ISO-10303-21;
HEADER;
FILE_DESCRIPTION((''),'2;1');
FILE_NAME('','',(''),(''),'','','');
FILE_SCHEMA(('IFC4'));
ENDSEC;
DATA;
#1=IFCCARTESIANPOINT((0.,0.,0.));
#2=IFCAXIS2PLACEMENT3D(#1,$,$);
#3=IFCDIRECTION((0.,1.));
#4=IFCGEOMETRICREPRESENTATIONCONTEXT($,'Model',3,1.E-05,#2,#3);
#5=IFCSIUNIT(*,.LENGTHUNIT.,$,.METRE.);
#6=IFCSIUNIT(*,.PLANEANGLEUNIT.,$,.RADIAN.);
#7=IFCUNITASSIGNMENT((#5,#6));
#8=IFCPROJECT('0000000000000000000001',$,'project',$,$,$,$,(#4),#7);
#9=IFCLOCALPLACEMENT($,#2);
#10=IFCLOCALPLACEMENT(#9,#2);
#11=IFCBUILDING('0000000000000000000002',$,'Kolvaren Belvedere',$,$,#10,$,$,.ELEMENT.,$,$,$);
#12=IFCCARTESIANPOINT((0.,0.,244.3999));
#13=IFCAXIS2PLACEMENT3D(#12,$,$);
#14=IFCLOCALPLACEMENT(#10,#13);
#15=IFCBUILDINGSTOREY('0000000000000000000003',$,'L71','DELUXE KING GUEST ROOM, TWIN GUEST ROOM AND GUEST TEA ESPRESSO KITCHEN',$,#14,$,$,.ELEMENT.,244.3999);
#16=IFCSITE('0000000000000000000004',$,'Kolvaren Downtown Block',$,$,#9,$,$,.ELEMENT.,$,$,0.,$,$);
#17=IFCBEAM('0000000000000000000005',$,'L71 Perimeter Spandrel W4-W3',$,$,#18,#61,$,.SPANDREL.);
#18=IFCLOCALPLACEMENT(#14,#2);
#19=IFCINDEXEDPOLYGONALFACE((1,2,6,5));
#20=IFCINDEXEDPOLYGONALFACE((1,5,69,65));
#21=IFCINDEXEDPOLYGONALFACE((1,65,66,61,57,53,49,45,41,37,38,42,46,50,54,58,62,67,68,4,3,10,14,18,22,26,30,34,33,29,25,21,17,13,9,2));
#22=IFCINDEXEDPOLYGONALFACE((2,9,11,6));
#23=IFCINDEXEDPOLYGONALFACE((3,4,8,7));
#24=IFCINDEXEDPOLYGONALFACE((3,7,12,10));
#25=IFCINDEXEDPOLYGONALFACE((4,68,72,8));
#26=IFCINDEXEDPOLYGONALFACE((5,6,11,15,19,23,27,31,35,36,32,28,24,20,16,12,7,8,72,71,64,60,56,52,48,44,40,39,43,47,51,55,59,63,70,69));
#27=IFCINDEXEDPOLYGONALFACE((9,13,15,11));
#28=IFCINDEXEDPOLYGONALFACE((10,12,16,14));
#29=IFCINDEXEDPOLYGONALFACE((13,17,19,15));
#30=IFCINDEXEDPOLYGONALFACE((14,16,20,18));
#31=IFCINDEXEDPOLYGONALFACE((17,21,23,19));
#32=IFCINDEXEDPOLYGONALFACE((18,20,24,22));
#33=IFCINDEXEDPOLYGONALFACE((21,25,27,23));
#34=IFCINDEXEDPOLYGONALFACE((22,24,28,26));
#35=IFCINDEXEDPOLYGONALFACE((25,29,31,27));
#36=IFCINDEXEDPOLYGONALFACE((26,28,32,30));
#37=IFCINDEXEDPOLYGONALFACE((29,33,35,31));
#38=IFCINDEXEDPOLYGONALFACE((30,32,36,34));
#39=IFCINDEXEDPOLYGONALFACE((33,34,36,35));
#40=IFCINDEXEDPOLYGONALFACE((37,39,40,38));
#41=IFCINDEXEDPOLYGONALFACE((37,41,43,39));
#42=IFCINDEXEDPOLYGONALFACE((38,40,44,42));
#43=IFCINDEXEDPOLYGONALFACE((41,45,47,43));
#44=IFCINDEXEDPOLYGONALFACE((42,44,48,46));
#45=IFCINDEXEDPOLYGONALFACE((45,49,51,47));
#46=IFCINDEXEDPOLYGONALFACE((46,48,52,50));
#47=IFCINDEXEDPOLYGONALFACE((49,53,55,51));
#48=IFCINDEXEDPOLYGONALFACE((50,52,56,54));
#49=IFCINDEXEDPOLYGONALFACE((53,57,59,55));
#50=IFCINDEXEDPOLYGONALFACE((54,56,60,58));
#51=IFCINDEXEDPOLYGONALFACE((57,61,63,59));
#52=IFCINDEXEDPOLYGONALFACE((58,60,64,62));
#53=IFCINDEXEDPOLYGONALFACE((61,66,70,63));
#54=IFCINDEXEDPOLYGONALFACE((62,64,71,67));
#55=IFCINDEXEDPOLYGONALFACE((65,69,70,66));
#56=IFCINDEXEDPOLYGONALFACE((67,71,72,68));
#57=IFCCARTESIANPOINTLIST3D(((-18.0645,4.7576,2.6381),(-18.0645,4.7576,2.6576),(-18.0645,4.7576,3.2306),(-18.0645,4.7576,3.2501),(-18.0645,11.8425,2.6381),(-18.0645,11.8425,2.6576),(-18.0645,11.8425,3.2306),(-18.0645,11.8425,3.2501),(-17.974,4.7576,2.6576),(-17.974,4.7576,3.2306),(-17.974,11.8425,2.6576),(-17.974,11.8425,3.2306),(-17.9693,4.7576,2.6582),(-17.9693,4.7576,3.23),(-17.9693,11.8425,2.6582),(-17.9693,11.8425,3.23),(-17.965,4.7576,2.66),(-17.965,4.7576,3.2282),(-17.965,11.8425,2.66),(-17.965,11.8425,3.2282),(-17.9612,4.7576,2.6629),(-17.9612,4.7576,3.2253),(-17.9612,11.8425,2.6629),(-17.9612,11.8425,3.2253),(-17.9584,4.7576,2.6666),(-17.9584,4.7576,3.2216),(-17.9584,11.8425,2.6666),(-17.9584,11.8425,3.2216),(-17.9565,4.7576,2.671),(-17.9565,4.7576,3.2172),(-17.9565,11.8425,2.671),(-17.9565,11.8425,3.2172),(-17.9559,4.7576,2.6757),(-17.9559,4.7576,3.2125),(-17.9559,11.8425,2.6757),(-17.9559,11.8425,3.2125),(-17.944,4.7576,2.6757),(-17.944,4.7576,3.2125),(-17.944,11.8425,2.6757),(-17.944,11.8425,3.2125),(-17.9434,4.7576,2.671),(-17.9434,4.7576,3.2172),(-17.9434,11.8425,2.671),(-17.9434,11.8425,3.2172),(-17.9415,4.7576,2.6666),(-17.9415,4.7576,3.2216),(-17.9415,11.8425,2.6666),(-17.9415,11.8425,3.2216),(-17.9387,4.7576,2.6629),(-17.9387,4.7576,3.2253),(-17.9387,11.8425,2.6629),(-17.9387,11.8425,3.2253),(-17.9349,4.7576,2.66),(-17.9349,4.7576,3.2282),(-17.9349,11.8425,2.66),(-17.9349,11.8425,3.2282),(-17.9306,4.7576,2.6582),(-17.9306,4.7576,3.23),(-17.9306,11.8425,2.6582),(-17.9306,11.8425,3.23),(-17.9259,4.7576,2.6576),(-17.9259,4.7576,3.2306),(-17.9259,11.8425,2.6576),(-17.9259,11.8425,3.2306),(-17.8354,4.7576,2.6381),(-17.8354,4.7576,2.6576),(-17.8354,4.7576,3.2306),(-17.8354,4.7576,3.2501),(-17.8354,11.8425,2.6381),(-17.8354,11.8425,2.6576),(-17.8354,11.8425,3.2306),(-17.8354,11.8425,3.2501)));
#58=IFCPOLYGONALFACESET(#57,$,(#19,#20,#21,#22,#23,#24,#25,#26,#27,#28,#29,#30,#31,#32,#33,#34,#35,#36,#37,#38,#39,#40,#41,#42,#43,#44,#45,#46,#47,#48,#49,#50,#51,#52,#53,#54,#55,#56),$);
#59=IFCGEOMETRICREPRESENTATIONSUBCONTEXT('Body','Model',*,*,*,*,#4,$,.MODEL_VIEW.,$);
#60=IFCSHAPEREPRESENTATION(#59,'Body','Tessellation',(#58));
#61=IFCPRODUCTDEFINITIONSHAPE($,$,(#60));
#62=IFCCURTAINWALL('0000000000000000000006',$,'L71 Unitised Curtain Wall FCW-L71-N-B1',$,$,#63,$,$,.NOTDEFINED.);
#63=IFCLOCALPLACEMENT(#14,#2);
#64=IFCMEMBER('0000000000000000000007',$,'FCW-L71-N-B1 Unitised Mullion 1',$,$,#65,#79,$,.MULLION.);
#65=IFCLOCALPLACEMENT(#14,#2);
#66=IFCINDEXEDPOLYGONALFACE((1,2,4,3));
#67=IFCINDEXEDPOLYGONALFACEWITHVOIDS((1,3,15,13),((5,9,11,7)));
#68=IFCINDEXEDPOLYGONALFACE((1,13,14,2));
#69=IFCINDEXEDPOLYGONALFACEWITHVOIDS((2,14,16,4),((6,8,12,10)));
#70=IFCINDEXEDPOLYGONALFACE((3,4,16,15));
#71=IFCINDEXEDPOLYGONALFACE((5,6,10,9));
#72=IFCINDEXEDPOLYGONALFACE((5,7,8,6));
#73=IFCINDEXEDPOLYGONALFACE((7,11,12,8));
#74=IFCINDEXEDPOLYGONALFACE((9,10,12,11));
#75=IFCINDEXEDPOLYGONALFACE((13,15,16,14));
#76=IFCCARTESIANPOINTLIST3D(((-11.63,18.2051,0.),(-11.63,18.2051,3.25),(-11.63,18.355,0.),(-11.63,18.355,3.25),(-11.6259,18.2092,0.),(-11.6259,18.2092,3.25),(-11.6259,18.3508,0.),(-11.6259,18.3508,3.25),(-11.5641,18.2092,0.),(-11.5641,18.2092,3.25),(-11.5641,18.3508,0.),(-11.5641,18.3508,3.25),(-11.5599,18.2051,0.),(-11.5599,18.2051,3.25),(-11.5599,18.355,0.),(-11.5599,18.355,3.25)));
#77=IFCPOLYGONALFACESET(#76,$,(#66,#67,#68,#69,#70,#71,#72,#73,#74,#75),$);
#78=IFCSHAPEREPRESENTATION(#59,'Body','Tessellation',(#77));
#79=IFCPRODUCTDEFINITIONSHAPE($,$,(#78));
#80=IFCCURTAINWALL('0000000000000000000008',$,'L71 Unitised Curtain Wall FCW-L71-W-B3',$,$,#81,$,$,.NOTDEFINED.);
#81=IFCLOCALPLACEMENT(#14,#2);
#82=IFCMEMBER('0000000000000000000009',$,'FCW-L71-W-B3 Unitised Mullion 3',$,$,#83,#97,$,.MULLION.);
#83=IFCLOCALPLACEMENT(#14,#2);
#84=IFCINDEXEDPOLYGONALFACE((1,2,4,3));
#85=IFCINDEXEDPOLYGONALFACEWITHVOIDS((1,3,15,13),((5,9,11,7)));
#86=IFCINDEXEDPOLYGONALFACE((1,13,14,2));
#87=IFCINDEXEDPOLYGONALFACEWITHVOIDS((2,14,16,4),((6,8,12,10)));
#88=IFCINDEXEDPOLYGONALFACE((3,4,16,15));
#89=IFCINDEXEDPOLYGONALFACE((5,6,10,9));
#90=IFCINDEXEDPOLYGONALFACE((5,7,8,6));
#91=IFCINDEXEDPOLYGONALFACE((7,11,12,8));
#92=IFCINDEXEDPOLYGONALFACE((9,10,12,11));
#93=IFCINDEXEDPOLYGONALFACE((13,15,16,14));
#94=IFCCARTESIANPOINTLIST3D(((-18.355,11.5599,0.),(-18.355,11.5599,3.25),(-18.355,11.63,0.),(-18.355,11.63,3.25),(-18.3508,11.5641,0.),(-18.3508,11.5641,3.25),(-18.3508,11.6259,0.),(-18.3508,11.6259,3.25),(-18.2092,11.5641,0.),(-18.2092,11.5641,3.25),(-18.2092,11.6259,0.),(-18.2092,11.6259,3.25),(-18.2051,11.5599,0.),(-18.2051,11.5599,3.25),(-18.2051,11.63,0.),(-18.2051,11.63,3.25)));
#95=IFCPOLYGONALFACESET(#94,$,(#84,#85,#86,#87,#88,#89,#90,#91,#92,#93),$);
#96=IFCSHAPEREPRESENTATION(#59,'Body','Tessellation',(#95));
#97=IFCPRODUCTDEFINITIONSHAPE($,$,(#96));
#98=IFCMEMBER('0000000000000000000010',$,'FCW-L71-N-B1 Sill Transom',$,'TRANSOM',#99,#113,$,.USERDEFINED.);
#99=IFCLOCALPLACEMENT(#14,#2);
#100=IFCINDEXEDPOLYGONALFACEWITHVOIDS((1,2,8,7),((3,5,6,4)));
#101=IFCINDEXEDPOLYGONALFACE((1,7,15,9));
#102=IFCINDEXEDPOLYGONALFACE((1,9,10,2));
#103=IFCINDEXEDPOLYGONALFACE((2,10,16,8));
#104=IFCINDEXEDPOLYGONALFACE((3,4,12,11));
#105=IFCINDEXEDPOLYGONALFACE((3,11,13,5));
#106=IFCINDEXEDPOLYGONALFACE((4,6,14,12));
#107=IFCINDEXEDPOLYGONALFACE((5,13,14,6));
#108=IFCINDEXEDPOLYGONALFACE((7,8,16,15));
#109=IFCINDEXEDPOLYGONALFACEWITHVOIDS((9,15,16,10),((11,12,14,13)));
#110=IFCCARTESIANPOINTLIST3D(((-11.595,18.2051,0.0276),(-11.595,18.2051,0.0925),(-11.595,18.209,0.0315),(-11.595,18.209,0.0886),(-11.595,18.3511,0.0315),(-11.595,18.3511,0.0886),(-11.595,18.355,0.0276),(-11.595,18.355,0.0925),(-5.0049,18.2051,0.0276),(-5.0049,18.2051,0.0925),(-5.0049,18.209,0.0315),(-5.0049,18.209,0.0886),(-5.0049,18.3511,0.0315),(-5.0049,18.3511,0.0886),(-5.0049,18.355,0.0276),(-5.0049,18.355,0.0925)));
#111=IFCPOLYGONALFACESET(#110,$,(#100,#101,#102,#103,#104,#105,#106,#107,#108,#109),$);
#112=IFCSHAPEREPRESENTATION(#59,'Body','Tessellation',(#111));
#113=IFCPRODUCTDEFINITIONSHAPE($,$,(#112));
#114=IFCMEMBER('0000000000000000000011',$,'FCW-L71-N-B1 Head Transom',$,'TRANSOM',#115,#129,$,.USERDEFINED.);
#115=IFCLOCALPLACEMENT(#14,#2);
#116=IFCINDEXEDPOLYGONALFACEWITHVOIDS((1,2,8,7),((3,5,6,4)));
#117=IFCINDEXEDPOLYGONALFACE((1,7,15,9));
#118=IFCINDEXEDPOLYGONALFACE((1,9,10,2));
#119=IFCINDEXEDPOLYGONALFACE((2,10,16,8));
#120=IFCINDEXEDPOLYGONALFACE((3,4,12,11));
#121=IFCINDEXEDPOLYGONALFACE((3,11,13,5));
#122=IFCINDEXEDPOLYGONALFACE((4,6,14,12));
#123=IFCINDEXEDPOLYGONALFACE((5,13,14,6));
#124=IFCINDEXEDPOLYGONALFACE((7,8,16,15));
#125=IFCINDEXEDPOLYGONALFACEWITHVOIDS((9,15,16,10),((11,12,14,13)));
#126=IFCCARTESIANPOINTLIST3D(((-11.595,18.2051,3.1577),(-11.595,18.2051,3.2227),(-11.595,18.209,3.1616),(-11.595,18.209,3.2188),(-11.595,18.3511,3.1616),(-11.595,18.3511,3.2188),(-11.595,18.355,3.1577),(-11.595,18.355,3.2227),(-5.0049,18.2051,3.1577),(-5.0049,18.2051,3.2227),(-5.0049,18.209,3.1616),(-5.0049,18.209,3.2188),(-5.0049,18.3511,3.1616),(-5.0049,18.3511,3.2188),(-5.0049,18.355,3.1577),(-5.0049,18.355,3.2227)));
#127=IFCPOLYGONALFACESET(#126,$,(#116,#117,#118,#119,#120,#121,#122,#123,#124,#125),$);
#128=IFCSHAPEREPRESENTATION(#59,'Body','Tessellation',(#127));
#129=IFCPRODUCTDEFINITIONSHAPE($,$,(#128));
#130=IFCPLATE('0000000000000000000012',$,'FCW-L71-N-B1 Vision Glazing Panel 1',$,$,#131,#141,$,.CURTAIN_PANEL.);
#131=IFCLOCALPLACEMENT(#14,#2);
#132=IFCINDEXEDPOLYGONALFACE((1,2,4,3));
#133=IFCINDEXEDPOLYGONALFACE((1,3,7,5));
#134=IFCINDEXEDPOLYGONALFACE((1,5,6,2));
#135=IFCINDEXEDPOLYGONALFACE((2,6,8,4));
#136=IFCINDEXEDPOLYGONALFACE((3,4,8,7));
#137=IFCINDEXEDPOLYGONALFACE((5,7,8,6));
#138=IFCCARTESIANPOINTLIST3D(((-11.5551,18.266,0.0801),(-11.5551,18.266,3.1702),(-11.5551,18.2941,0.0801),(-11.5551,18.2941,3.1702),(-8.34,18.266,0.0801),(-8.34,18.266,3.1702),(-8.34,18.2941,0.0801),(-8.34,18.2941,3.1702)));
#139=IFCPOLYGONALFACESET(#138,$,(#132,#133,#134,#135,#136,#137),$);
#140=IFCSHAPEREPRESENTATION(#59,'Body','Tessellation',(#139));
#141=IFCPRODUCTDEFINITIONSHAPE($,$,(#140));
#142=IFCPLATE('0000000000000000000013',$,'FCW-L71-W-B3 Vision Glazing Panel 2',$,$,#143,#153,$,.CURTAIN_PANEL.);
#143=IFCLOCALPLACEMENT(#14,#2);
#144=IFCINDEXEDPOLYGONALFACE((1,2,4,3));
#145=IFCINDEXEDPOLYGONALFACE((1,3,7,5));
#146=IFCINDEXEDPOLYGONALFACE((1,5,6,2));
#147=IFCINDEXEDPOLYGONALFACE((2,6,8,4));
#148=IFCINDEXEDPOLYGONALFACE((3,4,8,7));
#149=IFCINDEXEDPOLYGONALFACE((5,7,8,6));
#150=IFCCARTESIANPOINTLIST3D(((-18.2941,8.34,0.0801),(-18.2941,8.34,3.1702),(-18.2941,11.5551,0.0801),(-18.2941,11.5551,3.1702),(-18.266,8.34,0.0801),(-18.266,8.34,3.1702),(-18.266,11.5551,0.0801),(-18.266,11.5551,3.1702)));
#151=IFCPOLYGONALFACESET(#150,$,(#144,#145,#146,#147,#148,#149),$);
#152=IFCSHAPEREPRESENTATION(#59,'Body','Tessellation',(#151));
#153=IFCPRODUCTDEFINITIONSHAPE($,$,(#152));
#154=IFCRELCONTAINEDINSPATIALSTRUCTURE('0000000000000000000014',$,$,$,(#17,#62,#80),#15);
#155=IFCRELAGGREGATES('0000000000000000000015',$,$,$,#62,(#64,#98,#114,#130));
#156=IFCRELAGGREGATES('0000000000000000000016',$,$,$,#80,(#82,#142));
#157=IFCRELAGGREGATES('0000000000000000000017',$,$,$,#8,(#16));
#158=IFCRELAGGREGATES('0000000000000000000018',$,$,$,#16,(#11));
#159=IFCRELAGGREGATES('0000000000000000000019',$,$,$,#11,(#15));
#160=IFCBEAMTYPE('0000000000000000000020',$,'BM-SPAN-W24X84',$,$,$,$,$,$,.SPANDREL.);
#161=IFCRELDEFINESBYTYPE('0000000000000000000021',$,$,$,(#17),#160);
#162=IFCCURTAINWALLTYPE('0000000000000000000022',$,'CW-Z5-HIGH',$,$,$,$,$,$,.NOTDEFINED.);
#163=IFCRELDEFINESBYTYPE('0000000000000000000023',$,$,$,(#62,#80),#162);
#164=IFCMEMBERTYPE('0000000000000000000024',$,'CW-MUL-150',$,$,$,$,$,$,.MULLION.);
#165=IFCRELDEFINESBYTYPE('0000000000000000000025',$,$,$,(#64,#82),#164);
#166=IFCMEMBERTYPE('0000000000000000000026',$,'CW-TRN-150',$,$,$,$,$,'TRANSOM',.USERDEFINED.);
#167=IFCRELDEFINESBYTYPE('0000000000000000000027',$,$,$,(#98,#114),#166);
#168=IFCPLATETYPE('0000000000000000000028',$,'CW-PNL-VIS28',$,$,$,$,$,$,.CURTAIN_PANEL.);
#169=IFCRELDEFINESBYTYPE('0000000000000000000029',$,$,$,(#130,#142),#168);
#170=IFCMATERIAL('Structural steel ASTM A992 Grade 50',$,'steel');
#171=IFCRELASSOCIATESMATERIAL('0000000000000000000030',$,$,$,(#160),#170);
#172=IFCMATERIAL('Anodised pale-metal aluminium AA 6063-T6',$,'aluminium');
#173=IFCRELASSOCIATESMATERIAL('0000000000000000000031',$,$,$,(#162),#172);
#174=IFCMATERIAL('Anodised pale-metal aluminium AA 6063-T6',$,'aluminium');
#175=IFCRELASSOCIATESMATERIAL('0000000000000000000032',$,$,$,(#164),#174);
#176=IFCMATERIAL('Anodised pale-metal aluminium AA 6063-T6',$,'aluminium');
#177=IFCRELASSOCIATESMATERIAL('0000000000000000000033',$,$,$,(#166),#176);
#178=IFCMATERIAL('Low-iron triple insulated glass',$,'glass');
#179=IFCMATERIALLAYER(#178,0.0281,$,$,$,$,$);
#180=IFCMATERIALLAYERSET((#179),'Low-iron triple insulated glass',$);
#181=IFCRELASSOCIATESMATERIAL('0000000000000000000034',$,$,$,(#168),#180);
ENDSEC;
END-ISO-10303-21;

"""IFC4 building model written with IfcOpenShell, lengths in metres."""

from ifc_helpers import new_model, si_unit, direction, frame, origin, origin_2d, place, context, subcontext, project, spatial, rectangle, hollow_rectangle, i_section, extrude, material, layer, layer_set, material_profile, profile_set, type_object, element, aggregate, save


model = new_model("IFC4")

# Units and contexts
model_context = context("Model", 3, precision=1e-05, world=origin(), true_north=direction((0.0, 1.0)))
body_context = subcontext(model_context, "Body", "Model", "MODEL_VIEW")
ifc_project = project(units=[si_unit("LENGTHUNIT", "METRE"), si_unit("PLANEANGLEUNIT", "RADIAN")], contexts=[model_context])

# Site, building, storey
site_placement = place(None, origin())
site = spatial("IfcSite", under=ifc_project, at=site_placement, Name="Kolvaren Downtown Block", CompositionType="ELEMENT", RefElevation=0.0)
building_placement = place(site_placement, origin())
building = spatial("IfcBuilding", under=site, at=building_placement, Name="Kolvaren Belvedere", CompositionType="ELEMENT")
storey_placement = place(building_placement, frame((0.0, 0.0, 244.3999)))
storey = spatial("IfcBuildingStorey", under=building, at=storey_placement, Name="L71", Description="DELUXE KING GUEST ROOM, TWIN GUEST ROOM AND GUEST TEA ESPRESSO KITCHEN", CompositionType="ELEMENT", Elevation=244.3999)

# Beam
ifc_material_1 = material(Name="Structural steel ASTM A992 Grade 50", Category="steel")
ifc_material_profile_1 = material_profile(ifc_material_1, i_section(OverallWidth=0.229, OverallDepth=0.6121, WebThickness=0.012, FlangeThickness=0.0195, FilletRadius=0.0181, at=origin_2d()), Name="W24X84")
ifc_profile_set_1 = profile_set([ifc_material_profile_1], Name="Structural steel ASTM A992 Grade 50")
beam_type_1 = type_object("IfcBeamType", Name="BM-SPAN-W24X84", PredefinedType="SPANDREL", material=ifc_profile_set_1)
beam_1_placement = place(storey_placement, frame((-17.95, 11.8425, 2.9441), z_axis=(0.0, -1.0, 0.0), x_axis=(1.0, 0.0, 0.0)))
element("IfcBeam", 1, at=beam_1_placement, inside=storey, type_object=beam_type_1, Name="L71 Perimeter Spandrel W4-W3", PredefinedType="SPANDREL", context=body_context, shape_type="SweptSolid", body=[
    extrude(i_section(OverallWidth=0.229, OverallDepth=0.6121, WebThickness=0.012, FlangeThickness=0.0195, FilletRadius=0.0181, at=origin_2d()), origin(), (0.0, 0.0, 1.0), 7.085),
])

# Curtain walls, members
ifc_material_2 = material(Name="Anodised pale-metal aluminium AA 6063-T6", Category="aluminium")
curtain_wall_type = type_object("IfcCurtainWallType", Name="CW-Z5-HIGH", PredefinedType="NOTDEFINED", material=ifc_material_2)
curtain_wall_1_placement = place(storey_placement, origin())
curtain_wall_1 = element("IfcCurtainWall", 2, at=curtain_wall_1_placement, inside=storey, type_object=curtain_wall_type, Name="L71 Unitised Curtain Wall FCW-L71-N-B1", PredefinedType="NOTDEFINED")
ifc_material_3 = material(Name="Anodised pale-metal aluminium AA 6063-T6", Category="aluminium")
ifc_material_profile_2 = material_profile(ifc_material_3, hollow_rectangle(XDim=0.0701, YDim=0.1499, WallThickness=0.0042, at=origin_2d()), Name="ALU-MUL-150X70")
ifc_profile_set_2 = profile_set([ifc_material_profile_2], Name="Anodised pale-metal aluminium AA 6063-T6")
member_type_1 = type_object("IfcMemberType", Name="CW-MUL-150", PredefinedType="MULLION", material=ifc_profile_set_2)
member_1_placement = place(storey_placement, frame((-11.595, 18.28, 0.0), z_axis=(0.0, 0.0, 1.0), x_axis=(1.0, 0.0, 0.0)))
member_1 = element("IfcMember", 3, at=member_1_placement, type_object=member_type_1, Name="FCW-L71-N-B1 Unitised Mullion 1", PredefinedType="MULLION", context=body_context, shape_type="SweptSolid", body=[
    extrude(hollow_rectangle(XDim=0.0701, YDim=0.1499, WallThickness=0.0042, at=origin_2d()), origin(), (0.0, 0.0, 1.0), 3.25),
])
curtain_wall_2_placement = place(storey_placement, origin())
curtain_wall_2 = element("IfcCurtainWall", 4, at=curtain_wall_2_placement, inside=storey, type_object=curtain_wall_type, Name="L71 Unitised Curtain Wall FCW-L71-W-B3", PredefinedType="NOTDEFINED")
member_2_placement = place(storey_placement, frame((-18.28, 11.595, 0.0), z_axis=(0.0, 0.0, 1.0), x_axis=(0.0, 1.0, 0.0)))
member_2 = element("IfcMember", 5, at=member_2_placement, type_object=member_type_1, Name="FCW-L71-W-B3 Unitised Mullion 3", PredefinedType="MULLION", context=body_context, shape_type="SweptSolid", body=[
    extrude(hollow_rectangle(XDim=0.0701, YDim=0.1499, WallThickness=0.0042, at=origin_2d()), origin(), (0.0, 0.0, 1.0), 3.25),
])

# Members
ifc_material_4 = material(Name="Anodised pale-metal aluminium AA 6063-T6", Category="aluminium")
ifc_material_profile_3 = material_profile(ifc_material_4, hollow_rectangle(XDim=0.0649, YDim=0.1499, WallThickness=0.0039, at=origin_2d()), Name="ALU-TRN-150X65")
ifc_profile_set_3 = profile_set([ifc_material_profile_3], Name="Anodised pale-metal aluminium AA 6063-T6")
member_type_2 = type_object("IfcMemberType", Name="CW-TRN-150", ElementType="TRANSOM", PredefinedType="USERDEFINED", material=ifc_profile_set_3)
member_3_placement = place(storey_placement, frame((-11.595, 18.28, 0.0601), z_axis=(1.0, 0.0, 0.0), x_axis=(0.0, 0.0, 1.0)))
member_3 = element("IfcMember", 6, at=member_3_placement, type_object=member_type_2, Name="FCW-L71-N-B1 Sill Transom", ObjectType="TRANSOM", PredefinedType="USERDEFINED", context=body_context, shape_type="SweptSolid", body=[
    extrude(hollow_rectangle(XDim=0.0649, YDim=0.1499, WallThickness=0.0039, at=origin_2d()), origin(), (0.0, 0.0, 1.0), 6.5901),
])
member_4_placement = place(storey_placement, frame((-11.595, 18.28, 3.1902), z_axis=(1.0, 0.0, 0.0), x_axis=(0.0, 0.0, 1.0)))
member_4 = element("IfcMember", 7, at=member_4_placement, type_object=member_type_2, Name="FCW-L71-N-B1 Head Transom", ObjectType="TRANSOM", PredefinedType="USERDEFINED", context=body_context, shape_type="SweptSolid", body=[
    extrude(hollow_rectangle(XDim=0.0649, YDim=0.1499, WallThickness=0.0039, at=origin_2d()), origin(), (0.0, 0.0, 1.0), 6.5901),
])

# Plates
ifc_material_5 = material(Name="Low-iron triple insulated glass", Category="glass")
ifc_layer_1 = layer(ifc_material_5, 0.0281)
ifc_layer_set_1 = layer_set([ifc_layer_1], Name="Low-iron triple insulated glass")
plate_type = type_object("IfcPlateType", Name="CW-PNL-VIS28", PredefinedType="CURTAIN_PANEL", material=ifc_layer_set_1)
plate_1_placement = place(storey_placement, frame((-9.9475, 18.28, 0.0801), z_axis=(0.0, 0.0, 1.0), x_axis=(1.0, 0.0, 0.0)))
plate_1 = element("IfcPlate", 8, at=plate_1_placement, type_object=plate_type, Name="FCW-L71-N-B1 Vision Glazing Panel 1", PredefinedType="CURTAIN_PANEL", context=body_context, shape_type="SweptSolid", body=[
    extrude(rectangle(XDim=3.2151, YDim=0.0281, at=origin_2d()), origin(), (0.0, 0.0, 1.0), 3.0901),
])
aggregate(curtain_wall_1, [member_1, member_3, member_4, plate_1])
plate_2_placement = place(storey_placement, frame((-18.28, 9.9475, 0.0801), z_axis=(0.0, 0.0, 1.0), x_axis=(0.0, 1.0, 0.0)))
plate_2 = element("IfcPlate", 9, at=plate_2_placement, type_object=plate_type, Name="FCW-L71-W-B3 Vision Glazing Panel 2", PredefinedType="CURTAIN_PANEL", context=body_context, shape_type="SweptSolid", body=[
    extrude(rectangle(XDim=3.2151, YDim=0.0281, at=origin_2d()), origin(), (0.0, 0.0, 1.0), 3.0901),
])
aggregate(curtain_wall_2, [member_2, plate_2])

save(model, "model.ifc")
